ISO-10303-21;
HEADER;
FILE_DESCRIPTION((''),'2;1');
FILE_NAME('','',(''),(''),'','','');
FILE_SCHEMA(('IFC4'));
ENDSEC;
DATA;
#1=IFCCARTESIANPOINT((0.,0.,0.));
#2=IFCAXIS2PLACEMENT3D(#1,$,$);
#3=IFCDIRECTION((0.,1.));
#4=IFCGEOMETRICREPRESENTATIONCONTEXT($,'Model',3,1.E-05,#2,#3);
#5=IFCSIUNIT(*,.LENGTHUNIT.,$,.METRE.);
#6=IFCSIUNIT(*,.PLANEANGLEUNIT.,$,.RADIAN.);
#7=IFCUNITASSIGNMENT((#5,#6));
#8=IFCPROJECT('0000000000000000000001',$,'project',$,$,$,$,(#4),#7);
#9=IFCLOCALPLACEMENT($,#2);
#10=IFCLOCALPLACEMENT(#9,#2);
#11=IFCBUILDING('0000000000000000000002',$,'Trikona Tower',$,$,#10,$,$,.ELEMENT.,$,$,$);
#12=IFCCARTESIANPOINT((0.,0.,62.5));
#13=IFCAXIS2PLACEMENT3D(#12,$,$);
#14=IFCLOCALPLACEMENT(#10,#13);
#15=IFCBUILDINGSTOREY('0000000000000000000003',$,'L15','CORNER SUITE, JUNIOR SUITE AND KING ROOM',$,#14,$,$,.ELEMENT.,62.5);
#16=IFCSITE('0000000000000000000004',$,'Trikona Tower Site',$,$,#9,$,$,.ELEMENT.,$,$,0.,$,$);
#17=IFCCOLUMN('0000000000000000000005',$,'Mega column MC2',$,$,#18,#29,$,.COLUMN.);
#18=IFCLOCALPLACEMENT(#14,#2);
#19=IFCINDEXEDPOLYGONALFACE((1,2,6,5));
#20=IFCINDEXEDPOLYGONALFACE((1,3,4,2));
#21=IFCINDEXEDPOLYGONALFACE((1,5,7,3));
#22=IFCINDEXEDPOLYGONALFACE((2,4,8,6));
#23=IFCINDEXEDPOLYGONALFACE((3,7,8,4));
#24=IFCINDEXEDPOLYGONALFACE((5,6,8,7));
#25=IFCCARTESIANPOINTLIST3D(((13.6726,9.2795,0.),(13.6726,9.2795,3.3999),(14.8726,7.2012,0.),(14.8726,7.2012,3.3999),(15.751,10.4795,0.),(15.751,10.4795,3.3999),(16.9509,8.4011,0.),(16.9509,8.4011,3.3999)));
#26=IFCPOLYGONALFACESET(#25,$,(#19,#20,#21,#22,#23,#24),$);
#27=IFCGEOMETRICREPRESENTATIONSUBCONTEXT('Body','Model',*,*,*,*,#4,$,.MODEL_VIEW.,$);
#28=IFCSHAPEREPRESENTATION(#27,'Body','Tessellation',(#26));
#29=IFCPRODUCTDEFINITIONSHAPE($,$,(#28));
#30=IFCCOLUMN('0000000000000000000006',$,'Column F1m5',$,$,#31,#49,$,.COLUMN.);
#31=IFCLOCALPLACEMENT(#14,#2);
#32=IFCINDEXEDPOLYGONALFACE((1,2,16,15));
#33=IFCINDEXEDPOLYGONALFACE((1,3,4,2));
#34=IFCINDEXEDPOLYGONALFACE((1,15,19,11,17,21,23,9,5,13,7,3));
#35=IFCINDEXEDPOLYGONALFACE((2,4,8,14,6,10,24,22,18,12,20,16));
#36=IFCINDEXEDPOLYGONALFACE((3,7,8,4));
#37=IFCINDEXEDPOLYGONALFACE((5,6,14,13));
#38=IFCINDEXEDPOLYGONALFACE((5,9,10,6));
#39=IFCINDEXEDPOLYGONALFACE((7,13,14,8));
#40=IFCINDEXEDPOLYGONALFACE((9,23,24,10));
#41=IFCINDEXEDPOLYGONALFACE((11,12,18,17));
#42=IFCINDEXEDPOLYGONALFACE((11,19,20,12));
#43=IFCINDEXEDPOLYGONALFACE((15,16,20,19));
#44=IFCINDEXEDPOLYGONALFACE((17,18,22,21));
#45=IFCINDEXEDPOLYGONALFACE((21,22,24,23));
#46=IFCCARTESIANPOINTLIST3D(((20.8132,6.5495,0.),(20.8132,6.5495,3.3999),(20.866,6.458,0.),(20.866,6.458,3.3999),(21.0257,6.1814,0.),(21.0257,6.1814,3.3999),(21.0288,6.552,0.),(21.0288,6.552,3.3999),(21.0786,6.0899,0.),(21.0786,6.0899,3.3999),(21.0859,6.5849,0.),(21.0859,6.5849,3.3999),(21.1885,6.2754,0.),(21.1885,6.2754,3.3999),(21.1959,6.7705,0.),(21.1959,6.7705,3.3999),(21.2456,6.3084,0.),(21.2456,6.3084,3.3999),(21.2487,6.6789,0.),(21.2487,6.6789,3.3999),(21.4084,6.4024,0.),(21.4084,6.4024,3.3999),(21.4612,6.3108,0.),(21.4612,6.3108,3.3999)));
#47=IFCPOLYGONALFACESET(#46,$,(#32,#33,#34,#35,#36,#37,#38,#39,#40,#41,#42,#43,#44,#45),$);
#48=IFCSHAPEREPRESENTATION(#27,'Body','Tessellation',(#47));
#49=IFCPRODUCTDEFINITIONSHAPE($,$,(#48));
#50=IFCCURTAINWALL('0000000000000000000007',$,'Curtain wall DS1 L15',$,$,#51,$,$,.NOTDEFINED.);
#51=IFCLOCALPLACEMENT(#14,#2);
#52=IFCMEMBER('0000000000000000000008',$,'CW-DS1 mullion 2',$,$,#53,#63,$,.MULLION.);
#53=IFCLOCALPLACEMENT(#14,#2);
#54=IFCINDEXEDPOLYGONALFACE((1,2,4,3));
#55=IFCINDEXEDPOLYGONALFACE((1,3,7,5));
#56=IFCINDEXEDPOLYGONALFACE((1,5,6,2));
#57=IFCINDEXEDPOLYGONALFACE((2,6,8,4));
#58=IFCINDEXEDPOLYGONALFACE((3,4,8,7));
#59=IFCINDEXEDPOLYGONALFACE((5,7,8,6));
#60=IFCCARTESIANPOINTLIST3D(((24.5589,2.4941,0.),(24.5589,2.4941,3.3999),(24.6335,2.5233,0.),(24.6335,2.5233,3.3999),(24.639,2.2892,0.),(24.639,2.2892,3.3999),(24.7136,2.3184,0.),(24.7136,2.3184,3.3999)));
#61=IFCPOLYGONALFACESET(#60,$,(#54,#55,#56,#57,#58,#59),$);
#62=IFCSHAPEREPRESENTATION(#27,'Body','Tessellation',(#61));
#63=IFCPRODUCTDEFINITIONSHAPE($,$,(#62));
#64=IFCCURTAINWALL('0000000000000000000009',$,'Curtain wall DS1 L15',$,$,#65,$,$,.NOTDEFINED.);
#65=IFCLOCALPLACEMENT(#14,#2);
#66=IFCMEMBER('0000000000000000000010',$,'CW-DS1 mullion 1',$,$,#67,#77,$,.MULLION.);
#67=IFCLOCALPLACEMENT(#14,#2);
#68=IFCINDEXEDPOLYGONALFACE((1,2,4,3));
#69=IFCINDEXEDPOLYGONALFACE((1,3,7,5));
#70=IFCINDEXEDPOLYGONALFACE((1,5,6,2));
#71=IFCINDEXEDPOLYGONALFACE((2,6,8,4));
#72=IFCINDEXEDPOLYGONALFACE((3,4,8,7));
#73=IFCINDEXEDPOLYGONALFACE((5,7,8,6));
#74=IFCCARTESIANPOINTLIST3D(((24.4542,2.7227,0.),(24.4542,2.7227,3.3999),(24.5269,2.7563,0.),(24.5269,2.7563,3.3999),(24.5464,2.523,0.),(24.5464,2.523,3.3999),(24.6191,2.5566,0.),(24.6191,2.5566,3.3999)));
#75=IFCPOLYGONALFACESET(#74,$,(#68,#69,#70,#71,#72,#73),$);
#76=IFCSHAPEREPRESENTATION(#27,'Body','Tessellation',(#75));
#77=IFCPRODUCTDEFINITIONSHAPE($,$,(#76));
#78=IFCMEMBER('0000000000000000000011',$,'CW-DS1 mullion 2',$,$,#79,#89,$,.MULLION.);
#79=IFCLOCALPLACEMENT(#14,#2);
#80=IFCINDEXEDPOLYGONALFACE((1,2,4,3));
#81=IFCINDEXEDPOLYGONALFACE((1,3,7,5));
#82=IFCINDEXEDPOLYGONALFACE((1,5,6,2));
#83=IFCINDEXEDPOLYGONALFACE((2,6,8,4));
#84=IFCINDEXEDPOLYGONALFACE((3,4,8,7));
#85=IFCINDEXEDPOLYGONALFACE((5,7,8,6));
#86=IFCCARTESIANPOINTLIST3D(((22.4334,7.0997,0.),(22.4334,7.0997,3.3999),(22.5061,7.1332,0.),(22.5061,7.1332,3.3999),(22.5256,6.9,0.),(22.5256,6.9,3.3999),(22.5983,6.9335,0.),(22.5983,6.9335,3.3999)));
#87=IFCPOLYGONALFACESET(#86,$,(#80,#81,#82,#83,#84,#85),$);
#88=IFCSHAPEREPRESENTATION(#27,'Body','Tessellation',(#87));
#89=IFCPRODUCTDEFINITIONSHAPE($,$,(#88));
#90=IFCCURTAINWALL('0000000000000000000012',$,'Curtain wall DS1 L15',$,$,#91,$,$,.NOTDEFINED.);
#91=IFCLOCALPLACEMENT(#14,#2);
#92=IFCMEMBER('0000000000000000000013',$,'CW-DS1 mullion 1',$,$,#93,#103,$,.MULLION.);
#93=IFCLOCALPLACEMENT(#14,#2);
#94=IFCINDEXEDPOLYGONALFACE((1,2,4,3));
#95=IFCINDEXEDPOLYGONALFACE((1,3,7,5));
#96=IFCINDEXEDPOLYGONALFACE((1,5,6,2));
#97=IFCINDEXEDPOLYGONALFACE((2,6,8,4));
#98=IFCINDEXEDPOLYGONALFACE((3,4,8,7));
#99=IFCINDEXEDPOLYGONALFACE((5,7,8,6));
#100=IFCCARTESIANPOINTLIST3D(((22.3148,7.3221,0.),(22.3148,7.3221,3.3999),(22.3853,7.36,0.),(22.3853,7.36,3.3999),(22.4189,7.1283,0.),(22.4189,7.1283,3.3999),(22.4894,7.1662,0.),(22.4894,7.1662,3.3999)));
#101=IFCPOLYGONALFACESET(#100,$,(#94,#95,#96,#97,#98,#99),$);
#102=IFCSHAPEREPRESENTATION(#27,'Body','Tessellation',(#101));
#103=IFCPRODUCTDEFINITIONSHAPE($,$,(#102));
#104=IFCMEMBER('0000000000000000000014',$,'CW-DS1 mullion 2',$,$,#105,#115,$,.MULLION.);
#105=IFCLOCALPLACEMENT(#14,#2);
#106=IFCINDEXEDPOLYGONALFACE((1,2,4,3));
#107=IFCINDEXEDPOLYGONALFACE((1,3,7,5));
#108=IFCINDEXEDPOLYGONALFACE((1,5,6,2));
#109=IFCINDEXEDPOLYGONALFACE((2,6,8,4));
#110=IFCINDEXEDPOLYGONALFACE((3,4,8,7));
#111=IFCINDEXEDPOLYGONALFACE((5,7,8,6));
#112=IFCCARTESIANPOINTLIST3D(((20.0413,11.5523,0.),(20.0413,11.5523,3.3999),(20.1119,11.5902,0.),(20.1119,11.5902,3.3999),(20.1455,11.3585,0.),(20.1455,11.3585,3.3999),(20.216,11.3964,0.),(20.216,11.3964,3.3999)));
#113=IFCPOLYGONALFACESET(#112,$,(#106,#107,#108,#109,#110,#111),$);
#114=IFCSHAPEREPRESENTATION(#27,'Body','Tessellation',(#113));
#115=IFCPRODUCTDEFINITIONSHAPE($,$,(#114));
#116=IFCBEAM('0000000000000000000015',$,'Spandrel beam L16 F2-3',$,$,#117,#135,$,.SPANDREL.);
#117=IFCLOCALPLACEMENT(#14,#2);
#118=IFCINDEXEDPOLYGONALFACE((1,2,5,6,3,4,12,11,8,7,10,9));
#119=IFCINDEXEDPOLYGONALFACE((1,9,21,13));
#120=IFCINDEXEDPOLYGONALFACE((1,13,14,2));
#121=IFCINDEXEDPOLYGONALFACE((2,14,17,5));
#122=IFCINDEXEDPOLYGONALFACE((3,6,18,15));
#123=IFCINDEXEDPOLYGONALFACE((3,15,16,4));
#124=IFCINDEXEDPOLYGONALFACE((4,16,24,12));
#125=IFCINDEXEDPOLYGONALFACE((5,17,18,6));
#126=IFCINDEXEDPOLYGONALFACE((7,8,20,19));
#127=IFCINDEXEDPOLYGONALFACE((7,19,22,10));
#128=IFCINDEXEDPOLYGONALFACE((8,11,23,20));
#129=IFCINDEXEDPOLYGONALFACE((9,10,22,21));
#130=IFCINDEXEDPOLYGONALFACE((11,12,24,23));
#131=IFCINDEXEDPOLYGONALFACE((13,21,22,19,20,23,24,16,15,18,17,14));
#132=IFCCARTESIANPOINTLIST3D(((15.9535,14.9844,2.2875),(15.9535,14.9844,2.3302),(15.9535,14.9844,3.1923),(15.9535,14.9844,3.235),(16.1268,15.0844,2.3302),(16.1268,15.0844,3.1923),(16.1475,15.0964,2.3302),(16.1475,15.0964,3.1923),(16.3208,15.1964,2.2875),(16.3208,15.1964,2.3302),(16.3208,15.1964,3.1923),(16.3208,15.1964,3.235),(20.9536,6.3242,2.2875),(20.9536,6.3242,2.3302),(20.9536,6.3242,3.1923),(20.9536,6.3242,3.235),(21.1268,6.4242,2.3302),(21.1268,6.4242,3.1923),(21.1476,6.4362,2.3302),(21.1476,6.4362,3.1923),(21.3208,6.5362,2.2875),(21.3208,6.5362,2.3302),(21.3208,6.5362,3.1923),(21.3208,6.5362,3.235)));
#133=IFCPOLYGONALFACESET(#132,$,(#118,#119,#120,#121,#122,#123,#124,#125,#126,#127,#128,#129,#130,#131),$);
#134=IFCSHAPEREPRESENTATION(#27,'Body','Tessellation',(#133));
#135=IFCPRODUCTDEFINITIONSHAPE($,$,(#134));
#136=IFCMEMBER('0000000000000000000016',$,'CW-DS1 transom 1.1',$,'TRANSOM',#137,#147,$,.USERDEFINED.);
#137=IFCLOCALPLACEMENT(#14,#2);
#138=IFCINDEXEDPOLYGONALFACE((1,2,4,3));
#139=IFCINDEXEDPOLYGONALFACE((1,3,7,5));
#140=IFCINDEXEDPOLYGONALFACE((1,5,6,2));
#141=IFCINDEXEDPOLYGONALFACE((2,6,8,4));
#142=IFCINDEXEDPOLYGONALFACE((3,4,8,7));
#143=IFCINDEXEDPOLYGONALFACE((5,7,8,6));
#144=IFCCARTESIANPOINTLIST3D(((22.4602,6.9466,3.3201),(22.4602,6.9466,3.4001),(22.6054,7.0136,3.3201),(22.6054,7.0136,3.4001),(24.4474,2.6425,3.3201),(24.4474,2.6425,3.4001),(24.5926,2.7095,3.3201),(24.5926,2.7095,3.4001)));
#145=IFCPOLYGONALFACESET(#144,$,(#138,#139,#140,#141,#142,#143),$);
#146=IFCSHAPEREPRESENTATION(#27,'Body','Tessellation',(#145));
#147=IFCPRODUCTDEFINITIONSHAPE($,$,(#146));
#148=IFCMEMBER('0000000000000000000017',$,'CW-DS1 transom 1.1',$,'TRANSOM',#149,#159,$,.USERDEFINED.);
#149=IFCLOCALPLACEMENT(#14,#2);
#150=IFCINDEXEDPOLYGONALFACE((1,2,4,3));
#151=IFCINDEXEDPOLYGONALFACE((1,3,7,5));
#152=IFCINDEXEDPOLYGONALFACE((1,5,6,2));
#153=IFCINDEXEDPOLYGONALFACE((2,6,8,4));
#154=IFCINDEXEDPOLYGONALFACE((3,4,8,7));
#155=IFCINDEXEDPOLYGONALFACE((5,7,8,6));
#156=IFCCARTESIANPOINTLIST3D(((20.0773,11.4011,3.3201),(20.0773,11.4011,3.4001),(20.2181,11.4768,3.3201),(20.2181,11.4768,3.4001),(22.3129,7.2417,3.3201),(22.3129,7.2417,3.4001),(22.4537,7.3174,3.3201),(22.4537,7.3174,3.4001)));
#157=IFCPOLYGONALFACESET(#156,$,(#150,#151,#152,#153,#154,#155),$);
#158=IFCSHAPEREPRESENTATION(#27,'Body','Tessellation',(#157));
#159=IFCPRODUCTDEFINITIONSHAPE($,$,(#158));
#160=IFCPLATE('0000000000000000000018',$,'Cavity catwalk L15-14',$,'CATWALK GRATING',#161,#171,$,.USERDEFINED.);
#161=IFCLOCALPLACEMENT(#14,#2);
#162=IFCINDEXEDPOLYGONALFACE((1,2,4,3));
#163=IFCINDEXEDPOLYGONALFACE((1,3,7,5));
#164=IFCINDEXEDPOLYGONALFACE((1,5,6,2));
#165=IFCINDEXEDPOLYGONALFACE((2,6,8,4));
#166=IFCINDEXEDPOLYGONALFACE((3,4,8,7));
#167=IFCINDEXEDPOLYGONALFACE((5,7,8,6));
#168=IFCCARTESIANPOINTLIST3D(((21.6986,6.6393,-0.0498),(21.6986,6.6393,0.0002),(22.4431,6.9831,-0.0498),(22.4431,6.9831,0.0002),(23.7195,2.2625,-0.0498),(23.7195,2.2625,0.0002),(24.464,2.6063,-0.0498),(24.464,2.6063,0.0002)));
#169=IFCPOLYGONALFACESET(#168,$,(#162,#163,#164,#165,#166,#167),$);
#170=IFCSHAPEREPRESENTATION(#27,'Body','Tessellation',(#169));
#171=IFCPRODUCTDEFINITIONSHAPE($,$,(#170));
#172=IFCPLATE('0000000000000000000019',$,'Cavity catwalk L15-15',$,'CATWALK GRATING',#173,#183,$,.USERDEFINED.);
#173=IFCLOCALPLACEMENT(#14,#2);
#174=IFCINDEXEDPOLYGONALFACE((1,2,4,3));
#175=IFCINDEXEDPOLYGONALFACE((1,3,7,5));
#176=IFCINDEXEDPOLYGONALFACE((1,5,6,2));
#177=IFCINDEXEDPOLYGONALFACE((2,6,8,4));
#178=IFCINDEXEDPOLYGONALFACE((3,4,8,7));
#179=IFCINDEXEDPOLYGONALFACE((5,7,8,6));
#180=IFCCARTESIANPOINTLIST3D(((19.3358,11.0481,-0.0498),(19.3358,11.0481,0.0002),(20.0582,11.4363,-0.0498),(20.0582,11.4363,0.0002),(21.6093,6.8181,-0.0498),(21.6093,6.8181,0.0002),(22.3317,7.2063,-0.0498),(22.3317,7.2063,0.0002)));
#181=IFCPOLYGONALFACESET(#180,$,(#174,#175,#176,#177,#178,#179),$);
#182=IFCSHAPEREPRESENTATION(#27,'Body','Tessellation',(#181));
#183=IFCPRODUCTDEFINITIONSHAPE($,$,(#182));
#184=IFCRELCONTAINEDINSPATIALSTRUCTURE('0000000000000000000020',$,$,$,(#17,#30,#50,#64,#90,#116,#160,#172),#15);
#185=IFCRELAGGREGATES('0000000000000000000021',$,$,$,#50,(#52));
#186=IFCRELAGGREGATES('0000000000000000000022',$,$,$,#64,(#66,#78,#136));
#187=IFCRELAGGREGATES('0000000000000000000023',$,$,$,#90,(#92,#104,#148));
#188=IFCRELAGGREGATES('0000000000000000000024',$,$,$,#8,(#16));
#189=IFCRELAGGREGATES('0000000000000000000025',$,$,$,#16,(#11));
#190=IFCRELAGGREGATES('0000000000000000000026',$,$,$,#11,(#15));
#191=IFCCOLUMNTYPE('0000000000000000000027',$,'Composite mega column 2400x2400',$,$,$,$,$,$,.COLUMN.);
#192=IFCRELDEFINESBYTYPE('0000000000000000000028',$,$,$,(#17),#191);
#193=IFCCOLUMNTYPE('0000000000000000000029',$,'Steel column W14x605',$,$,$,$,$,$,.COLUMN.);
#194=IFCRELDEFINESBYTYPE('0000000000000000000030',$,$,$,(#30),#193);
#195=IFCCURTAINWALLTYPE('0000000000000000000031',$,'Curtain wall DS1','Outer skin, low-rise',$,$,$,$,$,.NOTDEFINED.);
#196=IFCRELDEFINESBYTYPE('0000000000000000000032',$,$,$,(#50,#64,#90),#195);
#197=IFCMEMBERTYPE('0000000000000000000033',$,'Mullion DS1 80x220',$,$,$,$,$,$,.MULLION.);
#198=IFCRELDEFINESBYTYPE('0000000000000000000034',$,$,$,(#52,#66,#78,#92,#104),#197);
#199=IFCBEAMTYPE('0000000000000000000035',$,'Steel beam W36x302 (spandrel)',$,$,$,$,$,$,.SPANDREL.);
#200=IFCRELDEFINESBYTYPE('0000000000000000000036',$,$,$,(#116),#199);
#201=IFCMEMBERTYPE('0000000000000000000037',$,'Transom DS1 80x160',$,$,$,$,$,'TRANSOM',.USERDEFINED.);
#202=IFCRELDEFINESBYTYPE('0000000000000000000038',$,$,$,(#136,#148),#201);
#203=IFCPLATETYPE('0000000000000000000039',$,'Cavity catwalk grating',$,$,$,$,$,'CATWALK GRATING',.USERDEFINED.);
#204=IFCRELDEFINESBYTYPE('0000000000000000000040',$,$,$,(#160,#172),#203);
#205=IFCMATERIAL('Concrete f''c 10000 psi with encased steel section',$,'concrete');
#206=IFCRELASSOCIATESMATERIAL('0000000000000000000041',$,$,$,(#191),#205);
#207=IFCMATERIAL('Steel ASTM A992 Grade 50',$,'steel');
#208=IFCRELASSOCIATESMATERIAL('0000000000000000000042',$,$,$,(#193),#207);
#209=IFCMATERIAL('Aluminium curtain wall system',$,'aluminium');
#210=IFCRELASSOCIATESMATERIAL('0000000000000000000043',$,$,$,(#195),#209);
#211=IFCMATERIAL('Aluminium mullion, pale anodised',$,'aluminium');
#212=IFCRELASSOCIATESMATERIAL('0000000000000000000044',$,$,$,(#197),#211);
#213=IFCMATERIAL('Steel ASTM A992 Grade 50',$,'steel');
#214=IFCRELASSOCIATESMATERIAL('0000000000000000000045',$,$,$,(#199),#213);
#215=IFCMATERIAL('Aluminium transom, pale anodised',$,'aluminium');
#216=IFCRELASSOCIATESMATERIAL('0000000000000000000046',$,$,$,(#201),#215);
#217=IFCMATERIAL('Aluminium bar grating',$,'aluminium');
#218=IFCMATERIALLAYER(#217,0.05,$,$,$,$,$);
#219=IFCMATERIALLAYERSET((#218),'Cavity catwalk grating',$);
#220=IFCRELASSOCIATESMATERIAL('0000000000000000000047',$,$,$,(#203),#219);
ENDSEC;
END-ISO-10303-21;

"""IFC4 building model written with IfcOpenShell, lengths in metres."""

from ifc_helpers import new_model, si_unit, direction, frame, origin, origin_2d, place, context, subcontext, project, spatial, rectangle, i_section, extrude, material, layer, layer_set, material_profile, profile_set, type_object, element, aggregate, save


model = new_model("IFC4")

# Units and contexts
model_context = context("Model", 3, precision=1e-05, world=origin(), true_north=direction((0.0, 1.0)))
body_context = subcontext(model_context, "Body", "Model", "MODEL_VIEW")
ifc_project = project(units=[si_unit("LENGTHUNIT", "METRE"), si_unit("PLANEANGLEUNIT", "RADIAN")], contexts=[model_context])

# Site, building, storey
site_placement = place(None, origin())
site = spatial("IfcSite", under=ifc_project, at=site_placement, Name="Trikona Tower Site", CompositionType="ELEMENT", RefElevation=0.0)
building_placement = place(site_placement, origin())
building = spatial("IfcBuilding", under=site, at=building_placement, Name="Trikona Tower", CompositionType="ELEMENT")
storey_placement = place(building_placement, frame((0.0, 0.0, 62.5)))
storey = spatial("IfcBuildingStorey", under=building, at=storey_placement, Name="L15", Description="CORNER SUITE, JUNIOR SUITE AND KING ROOM", CompositionType="ELEMENT", Elevation=62.5)

# Columns
ifc_material_1 = material(Name="Concrete f'c 10000 psi with encased steel section", Category="concrete")
ifc_material_profile_1 = material_profile(ifc_material_1, rectangle(XDim=2.3999, YDim=2.3999, at=origin_2d()), Name="MC2400")
ifc_profile_set_1 = profile_set([ifc_material_profile_1], Name="Concrete f'c 10000 psi with encased steel section")
column_type_1 = type_object("IfcColumnType", Name="Composite mega column 2400x2400", PredefinedType="COLUMN", material=ifc_profile_set_1)
column_1_placement = place(storey_placement, frame((15.3118, 8.8403, 0.0), z_axis=(0.0, 0.0, 1.0), x_axis=(0.866025, 0.5, 0.0)))
element("IfcColumn", 1, at=column_1_placement, inside=storey, type_object=column_type_1, Name="Mega column MC2", PredefinedType="COLUMN", context=body_context, shape_type="SweptSolid", body=[
    extrude(rectangle(XDim=2.3999, YDim=2.3999, at=origin_2d()), origin(), (0.0, 0.0, 1.0), 3.3999),
])
ifc_material_2 = material(Name="Steel ASTM A992 Grade 50", Category="steel")
ifc_material_profile_2 = material_profile(ifc_material_2, i_section(OverallWidth=0.4419, OverallDepth=0.5308, WebThickness=0.0659, FlangeThickness=0.1057, at=origin_2d()), Name="W14X605")
ifc_profile_set_2 = profile_set([ifc_material_profile_2], Name="Steel ASTM A992 Grade 50")
column_type_2 = type_object("IfcColumnType", Name="Steel column W14x605", PredefinedType="COLUMN", material=ifc_profile_set_2)
column_2_placement = place(storey_placement, frame((21.1372, 6.4302, 0.0), z_axis=(0.0, 0.0, 1.0), x_axis=(0.866025, 0.5, 0.0)))
element("IfcColumn", 2, at=column_2_placement, inside=storey, type_object=column_type_2, Name="Column F1m5", PredefinedType="COLUMN", context=body_context, shape_type="SweptSolid", body=[
    extrude(i_section(OverallWidth=0.4419, OverallDepth=0.5308, WebThickness=0.0659, FlangeThickness=0.1057, at=origin_2d()), origin(), (0.0, 0.0, 1.0), 3.3999),
])

# Curtain wall, member
ifc_material_3 = material(Name="Aluminium curtain wall system", Category="aluminium")
curtain_wall_type = type_object("IfcCurtainWallType", Name="Curtain wall DS1", Description="Outer skin, low-rise", PredefinedType="NOTDEFINED", material=ifc_material_3)
curtain_wall_1_placement = place(storey_placement, origin())
curtain_wall_1 = element("IfcCurtainWall", 3, at=curtain_wall_1_placement, inside=storey, type_object=curtain_wall_type, Name="Curtain wall DS1 L15", PredefinedType="NOTDEFINED")
ifc_material_4 = material(Name="Aluminium mullion, pale anodised", Category="aluminium")
ifc_material_profile_3 = material_profile(ifc_material_4, rectangle(XDim=0.0801, YDim=0.22, at=origin_2d()), Name="MUL-DS1")
ifc_profile_set_3 = profile_set([ifc_material_profile_3], Name="Aluminium mullion, pale anodised")
member_type_1 = type_object("IfcMemberType", Name="Mullion DS1 80x220", PredefinedType="MULLION", material=ifc_profile_set_3)
member_1_placement = place(storey_placement, frame((24.6362, 2.4062, 0.0), z_axis=(0.0, 0.0, 1.0), x_axis=(-0.931396, -0.364008, 0.0)))
member_1 = element("IfcMember", 4, at=member_1_placement, type_object=member_type_1, Name="CW-DS1 mullion 2", PredefinedType="MULLION", context=body_context, shape_type="SweptSolid", body=[
    extrude(rectangle(XDim=0.0801, YDim=0.22, at=origin_2d()), origin(), (0.0, 0.0, 1.0), 3.3999),
])

# Curtain walls, members
curtain_wall_2_placement = place(storey_placement, origin())
curtain_wall_2 = element("IfcCurtainWall", 5, at=curtain_wall_2_placement, inside=storey, type_object=curtain_wall_type, Name="Curtain wall DS1 L15", PredefinedType="NOTDEFINED")
member_2_placement = place(storey_placement, frame((24.5366, 2.6396, 0.0), z_axis=(0.0, 0.0, 1.0), x_axis=(-0.907898, -0.41919, 0.0)))
member_2 = element("IfcMember", 6, at=member_2_placement, type_object=member_type_1, Name="CW-DS1 mullion 1", PredefinedType="MULLION", context=body_context, shape_type="SweptSolid", body=[
    extrude(rectangle(XDim=0.0801, YDim=0.22, at=origin_2d()), origin(), (0.0, 0.0, 1.0), 3.3999),
])
member_3_placement = place(storey_placement, frame((22.5159, 7.0166, 0.0), z_axis=(0.0, 0.0, 1.0), x_axis=(-0.907898, -0.41919, 0.0)))
member_3 = element("IfcMember", 7, at=member_3_placement, type_object=member_type_1, Name="CW-DS1 mullion 2", PredefinedType="MULLION", context=body_context, shape_type="SweptSolid", body=[
    extrude(rectangle(XDim=0.0801, YDim=0.22, at=origin_2d()), origin(), (0.0, 0.0, 1.0), 3.3999),
])
curtain_wall_3_placement = place(storey_placement, origin())
curtain_wall_3 = element("IfcCurtainWall", 8, at=curtain_wall_3_placement, inside=storey, type_object=curtain_wall_type, Name="Curtain wall DS1 L15", PredefinedType="NOTDEFINED")
member_4_placement = place(storey_placement, frame((22.4021, 7.2441, 0.0), z_axis=(0.0, 0.0, 1.0), x_axis=(-0.880843, -0.473408, 0.0)))
member_4 = element("IfcMember", 9, at=member_4_placement, type_object=member_type_1, Name="CW-DS1 mullion 1", PredefinedType="MULLION", context=body_context, shape_type="SweptSolid", body=[
    extrude(rectangle(XDim=0.0801, YDim=0.22, at=origin_2d()), origin(), (0.0, 0.0, 1.0), 3.3999),
])
member_5_placement = place(storey_placement, frame((20.1287, 11.4744, 0.0), z_axis=(0.0, 0.0, 1.0), x_axis=(-0.880843, -0.473408, 0.0)))
member_5 = element("IfcMember", 10, at=member_5_placement, type_object=member_type_1, Name="CW-DS1 mullion 2", PredefinedType="MULLION", context=body_context, shape_type="SweptSolid", body=[
    extrude(rectangle(XDim=0.0801, YDim=0.22, at=origin_2d()), origin(), (0.0, 0.0, 1.0), 3.3999),
])

# Beam
ifc_material_5 = material(Name="Steel ASTM A992 Grade 50", Category="steel")
ifc_material_profile_4 = material_profile(ifc_material_5, i_section(OverallWidth=0.4241, OverallDepth=0.9475, WebThickness=0.0239, FlangeThickness=0.0427, at=origin_2d()), Name="W36X302")
ifc_profile_set_4 = profile_set([ifc_material_profile_4], Name="Steel ASTM A992 Grade 50")
beam_type = type_object("IfcBeamType", Name="Steel beam W36x302 (spandrel)", PredefinedType="SPANDREL", material=ifc_profile_set_4)
beam_placement = place(storey_placement, frame((21.1372, 6.4302, 2.7612), z_axis=(-0.500004, 0.866023, 0.0), x_axis=(-0.866023, -0.500004, 0.0)))
element("IfcBeam", 11, at=beam_placement, inside=storey, type_object=beam_type, Name="Spandrel beam L16 F2-3", PredefinedType="SPANDREL", context=body_context, shape_type="SweptSolid", body=[
    extrude(i_section(OverallWidth=0.4241, OverallDepth=0.9475, WebThickness=0.0239, FlangeThickness=0.0427, at=origin_2d()), origin(), (0.0, 0.0, 1.0), 10.0),
])

# Members
ifc_material_6 = material(Name="Aluminium transom, pale anodised", Category="aluminium")
ifc_material_profile_5 = material_profile(ifc_material_6, rectangle(XDim=0.1599, YDim=0.0801, at=origin_2d()), Name="TRN-DS1")
ifc_profile_set_5 = profile_set([ifc_material_profile_5], Name="Aluminium transom, pale anodised")
member_type_2 = type_object("IfcMemberType", Name="Transom DS1 80x160", ElementType="TRANSOM", PredefinedType="USERDEFINED", material=ifc_profile_set_5)
member_6_placement = place(storey_placement, frame((24.52, 2.676, 3.3601), z_axis=(-0.419189, 0.907899, 0.0), x_axis=(-0.907899, -0.419189, 0.0)))
member_6 = element("IfcMember", 12, at=member_6_placement, type_object=member_type_2, Name="CW-DS1 transom 1.1", ObjectType="TRANSOM", PredefinedType="USERDEFINED", context=body_context, shape_type="SweptSolid", body=[
    extrude(rectangle(XDim=0.1599, YDim=0.0801, at=origin_2d()), origin(), (0.0, 0.0, 1.0), 4.7407),
])
member_7_placement = place(storey_placement, frame((22.3833, 7.2795, 3.3601), z_axis=(-0.473428, 0.880833, 0.0), x_axis=(-0.880833, -0.473428, 0.0)))
member_7 = element("IfcMember", 13, at=member_7_placement, type_object=member_type_2, Name="CW-DS1 transom 1.1", ObjectType="TRANSOM", PredefinedType="USERDEFINED", context=body_context, shape_type="SweptSolid", body=[
    extrude(rectangle(XDim=0.1599, YDim=0.0801, at=origin_2d()), origin(), (0.0, 0.0, 1.0), 4.7222),
])

# Plates
ifc_material_7 = material(Name="Aluminium bar grating", Category="aluminium")
ifc_layer_1 = layer(ifc_material_7, 0.05)
ifc_layer_set_1 = layer_set([ifc_layer_1], Name="Cavity catwalk grating")
plate_type_1 = type_object("IfcPlateType", Name="Cavity catwalk grating", ElementType="CATWALK GRATING", PredefinedType="USERDEFINED", material=ifc_layer_set_1)
plate_1_placement = place(storey_placement, frame((23.0813, 4.6228, -0.0498), z_axis=(0.0, 0.0, 1.0), x_axis=(-0.419194, 0.907897, 0.0)))
element("IfcPlate", 14, at=plate_1_placement, inside=storey, type_object=plate_type_1, Name="Cavity catwalk L15-14", ObjectType="CATWALK GRATING", PredefinedType="USERDEFINED", context=body_context, shape_type="SweptSolid", body=[
    extrude(rectangle(XDim=4.8208, YDim=0.8201, at=origin_2d()), origin(), (0.0, 0.0, 1.0), 0.05),
])
plate_2_placement = place(storey_placement, frame((20.8337, 9.1272, -0.0498), z_axis=(0.0, 0.0, 1.0), x_axis=(-0.473423, 0.880835, 0.0)))
element("IfcPlate", 15, at=plate_2_placement, inside=storey, type_object=plate_type_1, Name="Cavity catwalk L15-15", ObjectType="CATWALK GRATING", PredefinedType="USERDEFINED", context=body_context, shape_type="SweptSolid", body=[
    extrude(rectangle(XDim=4.8022, YDim=0.8201, at=origin_2d()), origin(), (0.0, 0.0, 1.0), 0.05),
])

aggregate(curtain_wall_1, [member_1])
aggregate(curtain_wall_2, [member_2, member_3, member_6])
aggregate(curtain_wall_3, [member_4, member_5, member_7])

save(model, "model.ifc")
